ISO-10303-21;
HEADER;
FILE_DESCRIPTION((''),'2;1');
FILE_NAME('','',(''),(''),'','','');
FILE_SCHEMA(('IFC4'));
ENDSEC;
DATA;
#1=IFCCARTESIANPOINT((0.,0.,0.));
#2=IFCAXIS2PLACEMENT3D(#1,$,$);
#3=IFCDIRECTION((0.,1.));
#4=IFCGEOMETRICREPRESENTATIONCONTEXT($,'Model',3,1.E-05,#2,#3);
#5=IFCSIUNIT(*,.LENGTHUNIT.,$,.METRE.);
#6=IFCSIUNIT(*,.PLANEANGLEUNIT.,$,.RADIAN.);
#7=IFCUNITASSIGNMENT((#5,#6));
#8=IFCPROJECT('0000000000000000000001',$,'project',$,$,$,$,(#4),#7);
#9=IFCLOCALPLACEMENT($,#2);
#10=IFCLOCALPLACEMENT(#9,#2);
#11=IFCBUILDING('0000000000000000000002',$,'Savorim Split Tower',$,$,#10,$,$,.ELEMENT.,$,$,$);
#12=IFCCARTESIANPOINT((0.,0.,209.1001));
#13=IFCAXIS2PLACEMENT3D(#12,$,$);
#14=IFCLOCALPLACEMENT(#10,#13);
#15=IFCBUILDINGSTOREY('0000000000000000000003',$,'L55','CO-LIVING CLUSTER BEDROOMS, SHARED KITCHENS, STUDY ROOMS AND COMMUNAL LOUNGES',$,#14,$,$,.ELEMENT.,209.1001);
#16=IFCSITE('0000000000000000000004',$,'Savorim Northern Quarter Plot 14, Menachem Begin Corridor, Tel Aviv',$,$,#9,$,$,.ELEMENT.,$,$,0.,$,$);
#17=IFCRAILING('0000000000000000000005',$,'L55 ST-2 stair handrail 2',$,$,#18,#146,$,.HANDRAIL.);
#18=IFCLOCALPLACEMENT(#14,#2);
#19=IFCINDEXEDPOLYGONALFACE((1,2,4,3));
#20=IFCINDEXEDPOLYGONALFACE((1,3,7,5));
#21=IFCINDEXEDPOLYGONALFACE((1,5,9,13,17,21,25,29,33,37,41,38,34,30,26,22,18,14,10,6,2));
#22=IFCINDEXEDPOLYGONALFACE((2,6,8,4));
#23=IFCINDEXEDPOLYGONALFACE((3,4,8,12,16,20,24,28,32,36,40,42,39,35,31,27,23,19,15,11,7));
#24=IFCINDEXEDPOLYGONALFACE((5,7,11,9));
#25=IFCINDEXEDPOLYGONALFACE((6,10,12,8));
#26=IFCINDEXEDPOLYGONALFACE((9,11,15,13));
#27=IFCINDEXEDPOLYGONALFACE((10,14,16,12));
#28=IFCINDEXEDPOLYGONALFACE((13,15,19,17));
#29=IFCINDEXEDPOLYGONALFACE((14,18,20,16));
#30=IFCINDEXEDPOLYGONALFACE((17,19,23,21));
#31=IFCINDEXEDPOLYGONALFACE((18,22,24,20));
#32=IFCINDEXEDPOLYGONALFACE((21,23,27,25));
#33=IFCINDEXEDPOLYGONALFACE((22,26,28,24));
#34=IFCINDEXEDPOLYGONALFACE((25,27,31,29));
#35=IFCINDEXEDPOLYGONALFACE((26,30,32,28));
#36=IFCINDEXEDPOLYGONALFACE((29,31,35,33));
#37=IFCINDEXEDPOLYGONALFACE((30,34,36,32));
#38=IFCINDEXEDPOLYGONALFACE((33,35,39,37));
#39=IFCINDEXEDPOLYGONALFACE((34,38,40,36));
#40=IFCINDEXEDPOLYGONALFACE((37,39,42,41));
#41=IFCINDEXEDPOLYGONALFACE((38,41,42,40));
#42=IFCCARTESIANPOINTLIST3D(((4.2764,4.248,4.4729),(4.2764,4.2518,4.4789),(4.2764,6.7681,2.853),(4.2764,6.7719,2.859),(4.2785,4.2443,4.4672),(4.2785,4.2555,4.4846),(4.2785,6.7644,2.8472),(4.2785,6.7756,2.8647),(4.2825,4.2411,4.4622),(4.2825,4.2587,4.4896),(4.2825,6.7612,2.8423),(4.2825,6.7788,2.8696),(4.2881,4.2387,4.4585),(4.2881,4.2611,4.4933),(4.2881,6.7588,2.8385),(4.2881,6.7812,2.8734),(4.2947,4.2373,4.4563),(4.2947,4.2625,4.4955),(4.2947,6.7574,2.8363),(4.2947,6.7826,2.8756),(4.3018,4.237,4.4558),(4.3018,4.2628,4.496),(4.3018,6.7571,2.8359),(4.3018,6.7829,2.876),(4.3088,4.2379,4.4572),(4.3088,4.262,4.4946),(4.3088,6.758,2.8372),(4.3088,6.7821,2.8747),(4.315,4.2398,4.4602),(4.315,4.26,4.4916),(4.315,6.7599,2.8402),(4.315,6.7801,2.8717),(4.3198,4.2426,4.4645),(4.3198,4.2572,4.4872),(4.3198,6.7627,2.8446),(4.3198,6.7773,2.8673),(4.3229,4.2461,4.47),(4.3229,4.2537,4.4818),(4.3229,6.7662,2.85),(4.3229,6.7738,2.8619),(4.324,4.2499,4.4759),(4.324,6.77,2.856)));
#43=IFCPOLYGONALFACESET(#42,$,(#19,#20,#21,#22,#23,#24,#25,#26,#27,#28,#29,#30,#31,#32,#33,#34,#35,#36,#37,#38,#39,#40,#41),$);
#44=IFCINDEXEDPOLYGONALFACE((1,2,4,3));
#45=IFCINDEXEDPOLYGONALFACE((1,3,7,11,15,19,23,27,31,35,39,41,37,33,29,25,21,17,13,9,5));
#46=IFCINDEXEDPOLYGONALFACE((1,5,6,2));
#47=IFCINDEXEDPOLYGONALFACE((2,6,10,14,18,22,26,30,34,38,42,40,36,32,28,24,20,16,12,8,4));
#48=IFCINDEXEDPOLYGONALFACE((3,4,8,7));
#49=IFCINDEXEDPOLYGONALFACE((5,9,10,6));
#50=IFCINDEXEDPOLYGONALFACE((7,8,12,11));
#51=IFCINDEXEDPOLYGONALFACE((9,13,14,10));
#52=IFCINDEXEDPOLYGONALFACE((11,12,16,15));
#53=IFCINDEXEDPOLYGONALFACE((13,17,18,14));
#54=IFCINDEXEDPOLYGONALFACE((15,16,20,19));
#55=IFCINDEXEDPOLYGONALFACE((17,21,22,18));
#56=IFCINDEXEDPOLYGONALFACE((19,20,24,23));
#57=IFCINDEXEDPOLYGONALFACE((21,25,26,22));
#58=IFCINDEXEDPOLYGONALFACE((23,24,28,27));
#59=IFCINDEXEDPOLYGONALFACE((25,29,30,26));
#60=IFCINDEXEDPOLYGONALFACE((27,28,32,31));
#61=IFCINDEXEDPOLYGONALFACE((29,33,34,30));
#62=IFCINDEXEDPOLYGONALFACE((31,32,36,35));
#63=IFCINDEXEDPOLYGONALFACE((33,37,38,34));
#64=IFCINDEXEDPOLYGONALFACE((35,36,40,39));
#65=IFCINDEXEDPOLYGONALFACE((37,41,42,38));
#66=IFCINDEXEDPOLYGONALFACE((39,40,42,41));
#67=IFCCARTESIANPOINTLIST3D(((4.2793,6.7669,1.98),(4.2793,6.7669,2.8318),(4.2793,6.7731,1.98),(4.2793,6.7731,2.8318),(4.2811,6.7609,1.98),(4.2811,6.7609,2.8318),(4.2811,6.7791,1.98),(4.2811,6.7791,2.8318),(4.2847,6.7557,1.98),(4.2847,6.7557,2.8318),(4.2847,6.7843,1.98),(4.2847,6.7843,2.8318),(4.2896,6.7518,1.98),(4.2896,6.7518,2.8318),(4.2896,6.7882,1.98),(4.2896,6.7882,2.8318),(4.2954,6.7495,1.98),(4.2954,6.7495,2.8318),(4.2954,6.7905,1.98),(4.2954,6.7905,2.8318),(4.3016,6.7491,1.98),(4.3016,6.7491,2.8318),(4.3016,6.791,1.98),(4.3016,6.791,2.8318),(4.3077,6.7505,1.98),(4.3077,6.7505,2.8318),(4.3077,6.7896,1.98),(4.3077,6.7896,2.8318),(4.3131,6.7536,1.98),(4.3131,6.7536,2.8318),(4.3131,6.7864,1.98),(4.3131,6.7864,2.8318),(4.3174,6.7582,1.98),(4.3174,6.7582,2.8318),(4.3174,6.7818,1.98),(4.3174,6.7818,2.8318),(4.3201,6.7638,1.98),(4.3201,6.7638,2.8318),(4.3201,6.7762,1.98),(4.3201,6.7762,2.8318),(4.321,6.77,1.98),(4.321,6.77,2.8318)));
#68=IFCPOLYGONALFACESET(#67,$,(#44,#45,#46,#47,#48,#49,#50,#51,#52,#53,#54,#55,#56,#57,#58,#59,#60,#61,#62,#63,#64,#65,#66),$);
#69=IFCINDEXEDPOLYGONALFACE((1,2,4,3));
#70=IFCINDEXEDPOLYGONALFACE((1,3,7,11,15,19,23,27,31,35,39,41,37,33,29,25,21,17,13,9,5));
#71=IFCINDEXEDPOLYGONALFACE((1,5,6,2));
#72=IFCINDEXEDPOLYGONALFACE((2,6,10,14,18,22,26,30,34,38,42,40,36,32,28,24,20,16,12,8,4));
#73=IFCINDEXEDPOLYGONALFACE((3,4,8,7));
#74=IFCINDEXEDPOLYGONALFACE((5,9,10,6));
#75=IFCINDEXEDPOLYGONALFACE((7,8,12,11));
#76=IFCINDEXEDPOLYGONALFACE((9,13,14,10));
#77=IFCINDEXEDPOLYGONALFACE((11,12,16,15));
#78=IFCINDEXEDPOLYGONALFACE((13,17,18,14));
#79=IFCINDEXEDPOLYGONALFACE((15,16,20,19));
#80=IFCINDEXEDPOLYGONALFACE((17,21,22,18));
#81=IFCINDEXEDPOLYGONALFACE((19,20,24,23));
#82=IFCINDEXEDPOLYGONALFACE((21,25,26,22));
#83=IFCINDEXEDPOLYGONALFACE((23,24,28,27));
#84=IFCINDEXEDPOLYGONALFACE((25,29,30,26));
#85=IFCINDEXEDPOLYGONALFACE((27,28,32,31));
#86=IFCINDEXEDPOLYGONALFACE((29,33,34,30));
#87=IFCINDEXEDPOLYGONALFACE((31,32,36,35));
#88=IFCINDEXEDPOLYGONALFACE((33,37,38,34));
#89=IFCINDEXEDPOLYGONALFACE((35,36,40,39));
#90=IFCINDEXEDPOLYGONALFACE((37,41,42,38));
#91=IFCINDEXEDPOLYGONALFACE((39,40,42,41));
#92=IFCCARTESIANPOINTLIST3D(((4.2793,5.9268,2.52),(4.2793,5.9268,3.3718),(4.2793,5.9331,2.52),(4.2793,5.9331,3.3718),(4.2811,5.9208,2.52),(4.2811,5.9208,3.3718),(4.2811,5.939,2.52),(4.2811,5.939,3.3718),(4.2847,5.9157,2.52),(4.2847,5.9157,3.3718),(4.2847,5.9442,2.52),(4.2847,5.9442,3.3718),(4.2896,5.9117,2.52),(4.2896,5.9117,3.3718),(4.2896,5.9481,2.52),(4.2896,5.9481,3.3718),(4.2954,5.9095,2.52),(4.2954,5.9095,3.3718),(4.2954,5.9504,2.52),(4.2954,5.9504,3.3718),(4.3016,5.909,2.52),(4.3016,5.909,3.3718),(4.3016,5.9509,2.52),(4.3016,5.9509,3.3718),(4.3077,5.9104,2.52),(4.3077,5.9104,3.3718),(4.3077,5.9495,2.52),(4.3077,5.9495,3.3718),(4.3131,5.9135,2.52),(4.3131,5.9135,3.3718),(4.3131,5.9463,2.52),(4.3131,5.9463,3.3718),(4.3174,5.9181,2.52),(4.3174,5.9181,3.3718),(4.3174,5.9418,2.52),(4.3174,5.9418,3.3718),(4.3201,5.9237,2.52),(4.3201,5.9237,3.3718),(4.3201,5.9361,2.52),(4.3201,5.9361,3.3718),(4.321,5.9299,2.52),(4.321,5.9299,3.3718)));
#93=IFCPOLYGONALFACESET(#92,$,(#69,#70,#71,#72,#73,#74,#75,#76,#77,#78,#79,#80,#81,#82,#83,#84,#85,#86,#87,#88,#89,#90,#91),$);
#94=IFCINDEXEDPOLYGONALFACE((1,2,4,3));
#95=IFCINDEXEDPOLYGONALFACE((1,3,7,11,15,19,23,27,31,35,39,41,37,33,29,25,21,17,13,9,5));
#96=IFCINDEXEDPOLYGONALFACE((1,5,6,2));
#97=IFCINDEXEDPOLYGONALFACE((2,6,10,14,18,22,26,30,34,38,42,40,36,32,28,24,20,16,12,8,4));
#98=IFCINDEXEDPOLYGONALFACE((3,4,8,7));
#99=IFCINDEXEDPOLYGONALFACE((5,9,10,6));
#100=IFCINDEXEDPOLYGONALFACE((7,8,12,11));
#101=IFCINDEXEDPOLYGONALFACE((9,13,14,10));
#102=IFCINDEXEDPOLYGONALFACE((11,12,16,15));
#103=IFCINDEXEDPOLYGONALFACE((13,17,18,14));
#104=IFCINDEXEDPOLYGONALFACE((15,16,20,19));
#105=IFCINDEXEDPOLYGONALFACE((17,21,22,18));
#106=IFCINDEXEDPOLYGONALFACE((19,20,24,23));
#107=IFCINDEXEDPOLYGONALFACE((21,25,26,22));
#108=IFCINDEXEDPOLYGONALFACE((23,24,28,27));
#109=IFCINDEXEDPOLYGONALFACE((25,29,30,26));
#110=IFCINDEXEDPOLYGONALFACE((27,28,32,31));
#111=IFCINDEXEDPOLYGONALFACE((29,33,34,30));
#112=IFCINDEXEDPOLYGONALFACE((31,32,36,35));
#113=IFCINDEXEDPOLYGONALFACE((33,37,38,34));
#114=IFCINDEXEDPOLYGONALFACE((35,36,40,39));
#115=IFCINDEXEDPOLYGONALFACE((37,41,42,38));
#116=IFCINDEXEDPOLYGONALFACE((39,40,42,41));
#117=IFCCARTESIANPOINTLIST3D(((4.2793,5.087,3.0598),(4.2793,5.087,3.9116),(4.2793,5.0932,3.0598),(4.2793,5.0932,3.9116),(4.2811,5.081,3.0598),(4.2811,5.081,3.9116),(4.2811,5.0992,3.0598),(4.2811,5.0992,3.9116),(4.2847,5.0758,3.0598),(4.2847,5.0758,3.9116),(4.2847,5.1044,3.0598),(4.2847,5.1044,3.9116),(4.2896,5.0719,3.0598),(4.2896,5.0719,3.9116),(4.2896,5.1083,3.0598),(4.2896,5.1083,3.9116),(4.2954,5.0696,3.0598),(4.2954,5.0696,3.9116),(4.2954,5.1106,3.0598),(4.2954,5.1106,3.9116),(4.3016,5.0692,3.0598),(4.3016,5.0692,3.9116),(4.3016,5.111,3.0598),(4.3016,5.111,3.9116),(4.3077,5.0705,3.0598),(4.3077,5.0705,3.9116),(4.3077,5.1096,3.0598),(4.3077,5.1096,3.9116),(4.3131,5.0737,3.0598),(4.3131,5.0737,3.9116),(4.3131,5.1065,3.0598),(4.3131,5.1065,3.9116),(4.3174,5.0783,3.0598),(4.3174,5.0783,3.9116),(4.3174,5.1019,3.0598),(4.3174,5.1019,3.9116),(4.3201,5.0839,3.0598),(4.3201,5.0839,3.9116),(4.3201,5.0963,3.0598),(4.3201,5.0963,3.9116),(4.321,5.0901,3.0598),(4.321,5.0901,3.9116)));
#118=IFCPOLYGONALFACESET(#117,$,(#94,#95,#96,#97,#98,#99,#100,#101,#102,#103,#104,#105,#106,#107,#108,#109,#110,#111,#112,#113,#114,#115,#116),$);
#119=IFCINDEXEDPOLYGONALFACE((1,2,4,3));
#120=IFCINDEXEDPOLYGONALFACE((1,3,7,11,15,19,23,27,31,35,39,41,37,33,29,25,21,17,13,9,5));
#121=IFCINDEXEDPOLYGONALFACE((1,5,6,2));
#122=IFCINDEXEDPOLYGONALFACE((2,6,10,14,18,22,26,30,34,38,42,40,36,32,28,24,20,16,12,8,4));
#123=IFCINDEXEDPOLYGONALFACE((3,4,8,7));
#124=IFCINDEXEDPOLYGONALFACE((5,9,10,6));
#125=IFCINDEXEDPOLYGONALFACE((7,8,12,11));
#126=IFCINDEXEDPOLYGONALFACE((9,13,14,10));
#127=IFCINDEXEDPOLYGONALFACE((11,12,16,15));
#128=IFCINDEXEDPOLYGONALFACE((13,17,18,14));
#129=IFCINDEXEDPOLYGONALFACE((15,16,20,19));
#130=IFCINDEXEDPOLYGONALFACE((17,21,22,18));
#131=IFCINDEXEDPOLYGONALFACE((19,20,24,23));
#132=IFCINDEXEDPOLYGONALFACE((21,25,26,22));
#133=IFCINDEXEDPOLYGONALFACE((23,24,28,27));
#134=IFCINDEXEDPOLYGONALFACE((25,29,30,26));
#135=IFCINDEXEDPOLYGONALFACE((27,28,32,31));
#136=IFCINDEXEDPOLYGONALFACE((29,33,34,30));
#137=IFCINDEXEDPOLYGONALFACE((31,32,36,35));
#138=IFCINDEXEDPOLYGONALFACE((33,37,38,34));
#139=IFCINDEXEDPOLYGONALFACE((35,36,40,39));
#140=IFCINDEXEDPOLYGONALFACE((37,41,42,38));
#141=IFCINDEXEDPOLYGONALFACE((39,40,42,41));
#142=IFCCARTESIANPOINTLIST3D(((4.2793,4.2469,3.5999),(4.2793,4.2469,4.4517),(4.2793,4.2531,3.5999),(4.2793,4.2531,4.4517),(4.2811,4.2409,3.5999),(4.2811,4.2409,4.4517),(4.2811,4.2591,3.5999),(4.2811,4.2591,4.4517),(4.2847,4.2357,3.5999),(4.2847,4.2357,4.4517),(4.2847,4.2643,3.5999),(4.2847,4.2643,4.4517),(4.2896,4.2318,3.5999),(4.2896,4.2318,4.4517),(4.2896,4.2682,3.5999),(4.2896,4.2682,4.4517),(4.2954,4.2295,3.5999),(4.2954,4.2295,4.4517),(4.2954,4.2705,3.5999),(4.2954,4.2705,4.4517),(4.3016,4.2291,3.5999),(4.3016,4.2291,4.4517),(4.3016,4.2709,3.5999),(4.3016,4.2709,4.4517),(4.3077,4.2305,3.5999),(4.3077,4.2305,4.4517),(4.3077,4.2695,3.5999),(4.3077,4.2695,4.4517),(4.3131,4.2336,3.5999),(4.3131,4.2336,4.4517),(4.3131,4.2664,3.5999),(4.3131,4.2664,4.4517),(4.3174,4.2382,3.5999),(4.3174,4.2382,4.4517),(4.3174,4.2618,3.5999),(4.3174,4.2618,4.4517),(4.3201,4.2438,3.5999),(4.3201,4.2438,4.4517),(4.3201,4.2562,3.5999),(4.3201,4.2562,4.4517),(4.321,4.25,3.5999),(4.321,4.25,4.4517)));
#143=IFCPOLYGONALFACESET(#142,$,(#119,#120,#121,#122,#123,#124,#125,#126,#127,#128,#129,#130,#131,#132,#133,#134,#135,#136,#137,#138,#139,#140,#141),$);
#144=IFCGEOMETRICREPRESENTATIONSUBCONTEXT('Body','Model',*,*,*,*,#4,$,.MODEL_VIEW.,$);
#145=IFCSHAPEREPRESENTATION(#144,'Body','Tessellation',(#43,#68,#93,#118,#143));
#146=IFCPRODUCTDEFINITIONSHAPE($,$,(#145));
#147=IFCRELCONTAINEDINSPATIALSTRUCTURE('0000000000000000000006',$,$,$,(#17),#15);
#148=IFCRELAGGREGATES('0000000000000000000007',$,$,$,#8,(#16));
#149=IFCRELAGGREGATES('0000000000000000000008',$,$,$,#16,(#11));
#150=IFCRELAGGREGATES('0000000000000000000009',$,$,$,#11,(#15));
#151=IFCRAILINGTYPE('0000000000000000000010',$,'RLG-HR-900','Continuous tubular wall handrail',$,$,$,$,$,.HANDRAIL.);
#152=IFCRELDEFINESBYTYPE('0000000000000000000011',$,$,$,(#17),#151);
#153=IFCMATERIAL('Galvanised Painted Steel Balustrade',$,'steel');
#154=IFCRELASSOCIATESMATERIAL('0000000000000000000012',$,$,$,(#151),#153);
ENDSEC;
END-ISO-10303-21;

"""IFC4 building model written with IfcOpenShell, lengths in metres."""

from ifc_helpers import new_model, si_unit, direction, frame, origin, origin_2d, place, context, subcontext, project, spatial, circle, extrude, material, type_object, element, save


model = new_model("IFC4")

# Units and contexts
model_context = context("Model", 3, precision=1e-05, world=origin(), true_north=direction((0.0, 1.0)))
body_context = subcontext(model_context, "Body", "Model", "MODEL_VIEW")
ifc_project = project(units=[si_unit("LENGTHUNIT", "METRE"), si_unit("PLANEANGLEUNIT", "RADIAN")], contexts=[model_context])

# Site, building, storey
site_placement = place(None, origin())
site = spatial("IfcSite", under=ifc_project, at=site_placement, Name="Savorim Northern Quarter Plot 14, Menachem Begin Corridor, Tel Aviv", CompositionType="ELEMENT", RefElevation=0.0)
building_placement = place(site_placement, origin())
building = spatial("IfcBuilding", under=site, at=building_placement, Name="Savorim Split Tower", CompositionType="ELEMENT")
storey_placement = place(building_placement, frame((0.0, 0.0, 209.1001)))
storey = spatial("IfcBuildingStorey", under=building, at=storey_placement, Name="L55", Description="CO-LIVING CLUSTER BEDROOMS, SHARED KITCHENS, STUDY ROOMS AND COMMUNAL LOUNGES", CompositionType="ELEMENT", Elevation=209.1001)

# Railing
ifc_material_1 = material(Name="Galvanised Painted Steel Balustrade", Category="steel")
railing_type_1 = type_object("IfcRailingType", Name="RLG-HR-900", Description="Continuous tubular wall handrail", PredefinedType="HANDRAIL", material=ifc_material_1)
railing_1_placement = place(storey_placement, frame((4.3, 6.77, 1.98)))
element("IfcRailing", 1, at=railing_1_placement, inside=storey, type_object=railing_type_1, Name="L55 ST-2 stair handrail 2", PredefinedType="HANDRAIL", context=body_context, shape_type="SweptSolid", body=[
    extrude(circle(Radius=0.0239, at=origin_2d()), frame((0.0, 0.0, 0.876), z_axis=(0.0, -0.8412, 0.540725), x_axis=(1.0, 0.0, 0.0)), (0.0, 0.0, 1.0), 2.9958),
    extrude(circle(Radius=0.021, at=origin_2d()), origin(), (0.0, 0.0, 1.0), 0.8518),
    extrude(circle(Radius=0.021, at=origin_2d()), frame((0.0, -0.8401, 0.54)), (0.0, 0.0, 1.0), 0.8518),
    extrude(circle(Radius=0.021, at=origin_2d()), frame((0.0, -1.6799, 1.0798)), (0.0, 0.0, 1.0), 0.8518),
    extrude(circle(Radius=0.021, at=origin_2d()), frame((0.0, -2.52, 1.6199)), (0.0, 0.0, 1.0), 0.8518),
])

save(model, "model.ifc")
